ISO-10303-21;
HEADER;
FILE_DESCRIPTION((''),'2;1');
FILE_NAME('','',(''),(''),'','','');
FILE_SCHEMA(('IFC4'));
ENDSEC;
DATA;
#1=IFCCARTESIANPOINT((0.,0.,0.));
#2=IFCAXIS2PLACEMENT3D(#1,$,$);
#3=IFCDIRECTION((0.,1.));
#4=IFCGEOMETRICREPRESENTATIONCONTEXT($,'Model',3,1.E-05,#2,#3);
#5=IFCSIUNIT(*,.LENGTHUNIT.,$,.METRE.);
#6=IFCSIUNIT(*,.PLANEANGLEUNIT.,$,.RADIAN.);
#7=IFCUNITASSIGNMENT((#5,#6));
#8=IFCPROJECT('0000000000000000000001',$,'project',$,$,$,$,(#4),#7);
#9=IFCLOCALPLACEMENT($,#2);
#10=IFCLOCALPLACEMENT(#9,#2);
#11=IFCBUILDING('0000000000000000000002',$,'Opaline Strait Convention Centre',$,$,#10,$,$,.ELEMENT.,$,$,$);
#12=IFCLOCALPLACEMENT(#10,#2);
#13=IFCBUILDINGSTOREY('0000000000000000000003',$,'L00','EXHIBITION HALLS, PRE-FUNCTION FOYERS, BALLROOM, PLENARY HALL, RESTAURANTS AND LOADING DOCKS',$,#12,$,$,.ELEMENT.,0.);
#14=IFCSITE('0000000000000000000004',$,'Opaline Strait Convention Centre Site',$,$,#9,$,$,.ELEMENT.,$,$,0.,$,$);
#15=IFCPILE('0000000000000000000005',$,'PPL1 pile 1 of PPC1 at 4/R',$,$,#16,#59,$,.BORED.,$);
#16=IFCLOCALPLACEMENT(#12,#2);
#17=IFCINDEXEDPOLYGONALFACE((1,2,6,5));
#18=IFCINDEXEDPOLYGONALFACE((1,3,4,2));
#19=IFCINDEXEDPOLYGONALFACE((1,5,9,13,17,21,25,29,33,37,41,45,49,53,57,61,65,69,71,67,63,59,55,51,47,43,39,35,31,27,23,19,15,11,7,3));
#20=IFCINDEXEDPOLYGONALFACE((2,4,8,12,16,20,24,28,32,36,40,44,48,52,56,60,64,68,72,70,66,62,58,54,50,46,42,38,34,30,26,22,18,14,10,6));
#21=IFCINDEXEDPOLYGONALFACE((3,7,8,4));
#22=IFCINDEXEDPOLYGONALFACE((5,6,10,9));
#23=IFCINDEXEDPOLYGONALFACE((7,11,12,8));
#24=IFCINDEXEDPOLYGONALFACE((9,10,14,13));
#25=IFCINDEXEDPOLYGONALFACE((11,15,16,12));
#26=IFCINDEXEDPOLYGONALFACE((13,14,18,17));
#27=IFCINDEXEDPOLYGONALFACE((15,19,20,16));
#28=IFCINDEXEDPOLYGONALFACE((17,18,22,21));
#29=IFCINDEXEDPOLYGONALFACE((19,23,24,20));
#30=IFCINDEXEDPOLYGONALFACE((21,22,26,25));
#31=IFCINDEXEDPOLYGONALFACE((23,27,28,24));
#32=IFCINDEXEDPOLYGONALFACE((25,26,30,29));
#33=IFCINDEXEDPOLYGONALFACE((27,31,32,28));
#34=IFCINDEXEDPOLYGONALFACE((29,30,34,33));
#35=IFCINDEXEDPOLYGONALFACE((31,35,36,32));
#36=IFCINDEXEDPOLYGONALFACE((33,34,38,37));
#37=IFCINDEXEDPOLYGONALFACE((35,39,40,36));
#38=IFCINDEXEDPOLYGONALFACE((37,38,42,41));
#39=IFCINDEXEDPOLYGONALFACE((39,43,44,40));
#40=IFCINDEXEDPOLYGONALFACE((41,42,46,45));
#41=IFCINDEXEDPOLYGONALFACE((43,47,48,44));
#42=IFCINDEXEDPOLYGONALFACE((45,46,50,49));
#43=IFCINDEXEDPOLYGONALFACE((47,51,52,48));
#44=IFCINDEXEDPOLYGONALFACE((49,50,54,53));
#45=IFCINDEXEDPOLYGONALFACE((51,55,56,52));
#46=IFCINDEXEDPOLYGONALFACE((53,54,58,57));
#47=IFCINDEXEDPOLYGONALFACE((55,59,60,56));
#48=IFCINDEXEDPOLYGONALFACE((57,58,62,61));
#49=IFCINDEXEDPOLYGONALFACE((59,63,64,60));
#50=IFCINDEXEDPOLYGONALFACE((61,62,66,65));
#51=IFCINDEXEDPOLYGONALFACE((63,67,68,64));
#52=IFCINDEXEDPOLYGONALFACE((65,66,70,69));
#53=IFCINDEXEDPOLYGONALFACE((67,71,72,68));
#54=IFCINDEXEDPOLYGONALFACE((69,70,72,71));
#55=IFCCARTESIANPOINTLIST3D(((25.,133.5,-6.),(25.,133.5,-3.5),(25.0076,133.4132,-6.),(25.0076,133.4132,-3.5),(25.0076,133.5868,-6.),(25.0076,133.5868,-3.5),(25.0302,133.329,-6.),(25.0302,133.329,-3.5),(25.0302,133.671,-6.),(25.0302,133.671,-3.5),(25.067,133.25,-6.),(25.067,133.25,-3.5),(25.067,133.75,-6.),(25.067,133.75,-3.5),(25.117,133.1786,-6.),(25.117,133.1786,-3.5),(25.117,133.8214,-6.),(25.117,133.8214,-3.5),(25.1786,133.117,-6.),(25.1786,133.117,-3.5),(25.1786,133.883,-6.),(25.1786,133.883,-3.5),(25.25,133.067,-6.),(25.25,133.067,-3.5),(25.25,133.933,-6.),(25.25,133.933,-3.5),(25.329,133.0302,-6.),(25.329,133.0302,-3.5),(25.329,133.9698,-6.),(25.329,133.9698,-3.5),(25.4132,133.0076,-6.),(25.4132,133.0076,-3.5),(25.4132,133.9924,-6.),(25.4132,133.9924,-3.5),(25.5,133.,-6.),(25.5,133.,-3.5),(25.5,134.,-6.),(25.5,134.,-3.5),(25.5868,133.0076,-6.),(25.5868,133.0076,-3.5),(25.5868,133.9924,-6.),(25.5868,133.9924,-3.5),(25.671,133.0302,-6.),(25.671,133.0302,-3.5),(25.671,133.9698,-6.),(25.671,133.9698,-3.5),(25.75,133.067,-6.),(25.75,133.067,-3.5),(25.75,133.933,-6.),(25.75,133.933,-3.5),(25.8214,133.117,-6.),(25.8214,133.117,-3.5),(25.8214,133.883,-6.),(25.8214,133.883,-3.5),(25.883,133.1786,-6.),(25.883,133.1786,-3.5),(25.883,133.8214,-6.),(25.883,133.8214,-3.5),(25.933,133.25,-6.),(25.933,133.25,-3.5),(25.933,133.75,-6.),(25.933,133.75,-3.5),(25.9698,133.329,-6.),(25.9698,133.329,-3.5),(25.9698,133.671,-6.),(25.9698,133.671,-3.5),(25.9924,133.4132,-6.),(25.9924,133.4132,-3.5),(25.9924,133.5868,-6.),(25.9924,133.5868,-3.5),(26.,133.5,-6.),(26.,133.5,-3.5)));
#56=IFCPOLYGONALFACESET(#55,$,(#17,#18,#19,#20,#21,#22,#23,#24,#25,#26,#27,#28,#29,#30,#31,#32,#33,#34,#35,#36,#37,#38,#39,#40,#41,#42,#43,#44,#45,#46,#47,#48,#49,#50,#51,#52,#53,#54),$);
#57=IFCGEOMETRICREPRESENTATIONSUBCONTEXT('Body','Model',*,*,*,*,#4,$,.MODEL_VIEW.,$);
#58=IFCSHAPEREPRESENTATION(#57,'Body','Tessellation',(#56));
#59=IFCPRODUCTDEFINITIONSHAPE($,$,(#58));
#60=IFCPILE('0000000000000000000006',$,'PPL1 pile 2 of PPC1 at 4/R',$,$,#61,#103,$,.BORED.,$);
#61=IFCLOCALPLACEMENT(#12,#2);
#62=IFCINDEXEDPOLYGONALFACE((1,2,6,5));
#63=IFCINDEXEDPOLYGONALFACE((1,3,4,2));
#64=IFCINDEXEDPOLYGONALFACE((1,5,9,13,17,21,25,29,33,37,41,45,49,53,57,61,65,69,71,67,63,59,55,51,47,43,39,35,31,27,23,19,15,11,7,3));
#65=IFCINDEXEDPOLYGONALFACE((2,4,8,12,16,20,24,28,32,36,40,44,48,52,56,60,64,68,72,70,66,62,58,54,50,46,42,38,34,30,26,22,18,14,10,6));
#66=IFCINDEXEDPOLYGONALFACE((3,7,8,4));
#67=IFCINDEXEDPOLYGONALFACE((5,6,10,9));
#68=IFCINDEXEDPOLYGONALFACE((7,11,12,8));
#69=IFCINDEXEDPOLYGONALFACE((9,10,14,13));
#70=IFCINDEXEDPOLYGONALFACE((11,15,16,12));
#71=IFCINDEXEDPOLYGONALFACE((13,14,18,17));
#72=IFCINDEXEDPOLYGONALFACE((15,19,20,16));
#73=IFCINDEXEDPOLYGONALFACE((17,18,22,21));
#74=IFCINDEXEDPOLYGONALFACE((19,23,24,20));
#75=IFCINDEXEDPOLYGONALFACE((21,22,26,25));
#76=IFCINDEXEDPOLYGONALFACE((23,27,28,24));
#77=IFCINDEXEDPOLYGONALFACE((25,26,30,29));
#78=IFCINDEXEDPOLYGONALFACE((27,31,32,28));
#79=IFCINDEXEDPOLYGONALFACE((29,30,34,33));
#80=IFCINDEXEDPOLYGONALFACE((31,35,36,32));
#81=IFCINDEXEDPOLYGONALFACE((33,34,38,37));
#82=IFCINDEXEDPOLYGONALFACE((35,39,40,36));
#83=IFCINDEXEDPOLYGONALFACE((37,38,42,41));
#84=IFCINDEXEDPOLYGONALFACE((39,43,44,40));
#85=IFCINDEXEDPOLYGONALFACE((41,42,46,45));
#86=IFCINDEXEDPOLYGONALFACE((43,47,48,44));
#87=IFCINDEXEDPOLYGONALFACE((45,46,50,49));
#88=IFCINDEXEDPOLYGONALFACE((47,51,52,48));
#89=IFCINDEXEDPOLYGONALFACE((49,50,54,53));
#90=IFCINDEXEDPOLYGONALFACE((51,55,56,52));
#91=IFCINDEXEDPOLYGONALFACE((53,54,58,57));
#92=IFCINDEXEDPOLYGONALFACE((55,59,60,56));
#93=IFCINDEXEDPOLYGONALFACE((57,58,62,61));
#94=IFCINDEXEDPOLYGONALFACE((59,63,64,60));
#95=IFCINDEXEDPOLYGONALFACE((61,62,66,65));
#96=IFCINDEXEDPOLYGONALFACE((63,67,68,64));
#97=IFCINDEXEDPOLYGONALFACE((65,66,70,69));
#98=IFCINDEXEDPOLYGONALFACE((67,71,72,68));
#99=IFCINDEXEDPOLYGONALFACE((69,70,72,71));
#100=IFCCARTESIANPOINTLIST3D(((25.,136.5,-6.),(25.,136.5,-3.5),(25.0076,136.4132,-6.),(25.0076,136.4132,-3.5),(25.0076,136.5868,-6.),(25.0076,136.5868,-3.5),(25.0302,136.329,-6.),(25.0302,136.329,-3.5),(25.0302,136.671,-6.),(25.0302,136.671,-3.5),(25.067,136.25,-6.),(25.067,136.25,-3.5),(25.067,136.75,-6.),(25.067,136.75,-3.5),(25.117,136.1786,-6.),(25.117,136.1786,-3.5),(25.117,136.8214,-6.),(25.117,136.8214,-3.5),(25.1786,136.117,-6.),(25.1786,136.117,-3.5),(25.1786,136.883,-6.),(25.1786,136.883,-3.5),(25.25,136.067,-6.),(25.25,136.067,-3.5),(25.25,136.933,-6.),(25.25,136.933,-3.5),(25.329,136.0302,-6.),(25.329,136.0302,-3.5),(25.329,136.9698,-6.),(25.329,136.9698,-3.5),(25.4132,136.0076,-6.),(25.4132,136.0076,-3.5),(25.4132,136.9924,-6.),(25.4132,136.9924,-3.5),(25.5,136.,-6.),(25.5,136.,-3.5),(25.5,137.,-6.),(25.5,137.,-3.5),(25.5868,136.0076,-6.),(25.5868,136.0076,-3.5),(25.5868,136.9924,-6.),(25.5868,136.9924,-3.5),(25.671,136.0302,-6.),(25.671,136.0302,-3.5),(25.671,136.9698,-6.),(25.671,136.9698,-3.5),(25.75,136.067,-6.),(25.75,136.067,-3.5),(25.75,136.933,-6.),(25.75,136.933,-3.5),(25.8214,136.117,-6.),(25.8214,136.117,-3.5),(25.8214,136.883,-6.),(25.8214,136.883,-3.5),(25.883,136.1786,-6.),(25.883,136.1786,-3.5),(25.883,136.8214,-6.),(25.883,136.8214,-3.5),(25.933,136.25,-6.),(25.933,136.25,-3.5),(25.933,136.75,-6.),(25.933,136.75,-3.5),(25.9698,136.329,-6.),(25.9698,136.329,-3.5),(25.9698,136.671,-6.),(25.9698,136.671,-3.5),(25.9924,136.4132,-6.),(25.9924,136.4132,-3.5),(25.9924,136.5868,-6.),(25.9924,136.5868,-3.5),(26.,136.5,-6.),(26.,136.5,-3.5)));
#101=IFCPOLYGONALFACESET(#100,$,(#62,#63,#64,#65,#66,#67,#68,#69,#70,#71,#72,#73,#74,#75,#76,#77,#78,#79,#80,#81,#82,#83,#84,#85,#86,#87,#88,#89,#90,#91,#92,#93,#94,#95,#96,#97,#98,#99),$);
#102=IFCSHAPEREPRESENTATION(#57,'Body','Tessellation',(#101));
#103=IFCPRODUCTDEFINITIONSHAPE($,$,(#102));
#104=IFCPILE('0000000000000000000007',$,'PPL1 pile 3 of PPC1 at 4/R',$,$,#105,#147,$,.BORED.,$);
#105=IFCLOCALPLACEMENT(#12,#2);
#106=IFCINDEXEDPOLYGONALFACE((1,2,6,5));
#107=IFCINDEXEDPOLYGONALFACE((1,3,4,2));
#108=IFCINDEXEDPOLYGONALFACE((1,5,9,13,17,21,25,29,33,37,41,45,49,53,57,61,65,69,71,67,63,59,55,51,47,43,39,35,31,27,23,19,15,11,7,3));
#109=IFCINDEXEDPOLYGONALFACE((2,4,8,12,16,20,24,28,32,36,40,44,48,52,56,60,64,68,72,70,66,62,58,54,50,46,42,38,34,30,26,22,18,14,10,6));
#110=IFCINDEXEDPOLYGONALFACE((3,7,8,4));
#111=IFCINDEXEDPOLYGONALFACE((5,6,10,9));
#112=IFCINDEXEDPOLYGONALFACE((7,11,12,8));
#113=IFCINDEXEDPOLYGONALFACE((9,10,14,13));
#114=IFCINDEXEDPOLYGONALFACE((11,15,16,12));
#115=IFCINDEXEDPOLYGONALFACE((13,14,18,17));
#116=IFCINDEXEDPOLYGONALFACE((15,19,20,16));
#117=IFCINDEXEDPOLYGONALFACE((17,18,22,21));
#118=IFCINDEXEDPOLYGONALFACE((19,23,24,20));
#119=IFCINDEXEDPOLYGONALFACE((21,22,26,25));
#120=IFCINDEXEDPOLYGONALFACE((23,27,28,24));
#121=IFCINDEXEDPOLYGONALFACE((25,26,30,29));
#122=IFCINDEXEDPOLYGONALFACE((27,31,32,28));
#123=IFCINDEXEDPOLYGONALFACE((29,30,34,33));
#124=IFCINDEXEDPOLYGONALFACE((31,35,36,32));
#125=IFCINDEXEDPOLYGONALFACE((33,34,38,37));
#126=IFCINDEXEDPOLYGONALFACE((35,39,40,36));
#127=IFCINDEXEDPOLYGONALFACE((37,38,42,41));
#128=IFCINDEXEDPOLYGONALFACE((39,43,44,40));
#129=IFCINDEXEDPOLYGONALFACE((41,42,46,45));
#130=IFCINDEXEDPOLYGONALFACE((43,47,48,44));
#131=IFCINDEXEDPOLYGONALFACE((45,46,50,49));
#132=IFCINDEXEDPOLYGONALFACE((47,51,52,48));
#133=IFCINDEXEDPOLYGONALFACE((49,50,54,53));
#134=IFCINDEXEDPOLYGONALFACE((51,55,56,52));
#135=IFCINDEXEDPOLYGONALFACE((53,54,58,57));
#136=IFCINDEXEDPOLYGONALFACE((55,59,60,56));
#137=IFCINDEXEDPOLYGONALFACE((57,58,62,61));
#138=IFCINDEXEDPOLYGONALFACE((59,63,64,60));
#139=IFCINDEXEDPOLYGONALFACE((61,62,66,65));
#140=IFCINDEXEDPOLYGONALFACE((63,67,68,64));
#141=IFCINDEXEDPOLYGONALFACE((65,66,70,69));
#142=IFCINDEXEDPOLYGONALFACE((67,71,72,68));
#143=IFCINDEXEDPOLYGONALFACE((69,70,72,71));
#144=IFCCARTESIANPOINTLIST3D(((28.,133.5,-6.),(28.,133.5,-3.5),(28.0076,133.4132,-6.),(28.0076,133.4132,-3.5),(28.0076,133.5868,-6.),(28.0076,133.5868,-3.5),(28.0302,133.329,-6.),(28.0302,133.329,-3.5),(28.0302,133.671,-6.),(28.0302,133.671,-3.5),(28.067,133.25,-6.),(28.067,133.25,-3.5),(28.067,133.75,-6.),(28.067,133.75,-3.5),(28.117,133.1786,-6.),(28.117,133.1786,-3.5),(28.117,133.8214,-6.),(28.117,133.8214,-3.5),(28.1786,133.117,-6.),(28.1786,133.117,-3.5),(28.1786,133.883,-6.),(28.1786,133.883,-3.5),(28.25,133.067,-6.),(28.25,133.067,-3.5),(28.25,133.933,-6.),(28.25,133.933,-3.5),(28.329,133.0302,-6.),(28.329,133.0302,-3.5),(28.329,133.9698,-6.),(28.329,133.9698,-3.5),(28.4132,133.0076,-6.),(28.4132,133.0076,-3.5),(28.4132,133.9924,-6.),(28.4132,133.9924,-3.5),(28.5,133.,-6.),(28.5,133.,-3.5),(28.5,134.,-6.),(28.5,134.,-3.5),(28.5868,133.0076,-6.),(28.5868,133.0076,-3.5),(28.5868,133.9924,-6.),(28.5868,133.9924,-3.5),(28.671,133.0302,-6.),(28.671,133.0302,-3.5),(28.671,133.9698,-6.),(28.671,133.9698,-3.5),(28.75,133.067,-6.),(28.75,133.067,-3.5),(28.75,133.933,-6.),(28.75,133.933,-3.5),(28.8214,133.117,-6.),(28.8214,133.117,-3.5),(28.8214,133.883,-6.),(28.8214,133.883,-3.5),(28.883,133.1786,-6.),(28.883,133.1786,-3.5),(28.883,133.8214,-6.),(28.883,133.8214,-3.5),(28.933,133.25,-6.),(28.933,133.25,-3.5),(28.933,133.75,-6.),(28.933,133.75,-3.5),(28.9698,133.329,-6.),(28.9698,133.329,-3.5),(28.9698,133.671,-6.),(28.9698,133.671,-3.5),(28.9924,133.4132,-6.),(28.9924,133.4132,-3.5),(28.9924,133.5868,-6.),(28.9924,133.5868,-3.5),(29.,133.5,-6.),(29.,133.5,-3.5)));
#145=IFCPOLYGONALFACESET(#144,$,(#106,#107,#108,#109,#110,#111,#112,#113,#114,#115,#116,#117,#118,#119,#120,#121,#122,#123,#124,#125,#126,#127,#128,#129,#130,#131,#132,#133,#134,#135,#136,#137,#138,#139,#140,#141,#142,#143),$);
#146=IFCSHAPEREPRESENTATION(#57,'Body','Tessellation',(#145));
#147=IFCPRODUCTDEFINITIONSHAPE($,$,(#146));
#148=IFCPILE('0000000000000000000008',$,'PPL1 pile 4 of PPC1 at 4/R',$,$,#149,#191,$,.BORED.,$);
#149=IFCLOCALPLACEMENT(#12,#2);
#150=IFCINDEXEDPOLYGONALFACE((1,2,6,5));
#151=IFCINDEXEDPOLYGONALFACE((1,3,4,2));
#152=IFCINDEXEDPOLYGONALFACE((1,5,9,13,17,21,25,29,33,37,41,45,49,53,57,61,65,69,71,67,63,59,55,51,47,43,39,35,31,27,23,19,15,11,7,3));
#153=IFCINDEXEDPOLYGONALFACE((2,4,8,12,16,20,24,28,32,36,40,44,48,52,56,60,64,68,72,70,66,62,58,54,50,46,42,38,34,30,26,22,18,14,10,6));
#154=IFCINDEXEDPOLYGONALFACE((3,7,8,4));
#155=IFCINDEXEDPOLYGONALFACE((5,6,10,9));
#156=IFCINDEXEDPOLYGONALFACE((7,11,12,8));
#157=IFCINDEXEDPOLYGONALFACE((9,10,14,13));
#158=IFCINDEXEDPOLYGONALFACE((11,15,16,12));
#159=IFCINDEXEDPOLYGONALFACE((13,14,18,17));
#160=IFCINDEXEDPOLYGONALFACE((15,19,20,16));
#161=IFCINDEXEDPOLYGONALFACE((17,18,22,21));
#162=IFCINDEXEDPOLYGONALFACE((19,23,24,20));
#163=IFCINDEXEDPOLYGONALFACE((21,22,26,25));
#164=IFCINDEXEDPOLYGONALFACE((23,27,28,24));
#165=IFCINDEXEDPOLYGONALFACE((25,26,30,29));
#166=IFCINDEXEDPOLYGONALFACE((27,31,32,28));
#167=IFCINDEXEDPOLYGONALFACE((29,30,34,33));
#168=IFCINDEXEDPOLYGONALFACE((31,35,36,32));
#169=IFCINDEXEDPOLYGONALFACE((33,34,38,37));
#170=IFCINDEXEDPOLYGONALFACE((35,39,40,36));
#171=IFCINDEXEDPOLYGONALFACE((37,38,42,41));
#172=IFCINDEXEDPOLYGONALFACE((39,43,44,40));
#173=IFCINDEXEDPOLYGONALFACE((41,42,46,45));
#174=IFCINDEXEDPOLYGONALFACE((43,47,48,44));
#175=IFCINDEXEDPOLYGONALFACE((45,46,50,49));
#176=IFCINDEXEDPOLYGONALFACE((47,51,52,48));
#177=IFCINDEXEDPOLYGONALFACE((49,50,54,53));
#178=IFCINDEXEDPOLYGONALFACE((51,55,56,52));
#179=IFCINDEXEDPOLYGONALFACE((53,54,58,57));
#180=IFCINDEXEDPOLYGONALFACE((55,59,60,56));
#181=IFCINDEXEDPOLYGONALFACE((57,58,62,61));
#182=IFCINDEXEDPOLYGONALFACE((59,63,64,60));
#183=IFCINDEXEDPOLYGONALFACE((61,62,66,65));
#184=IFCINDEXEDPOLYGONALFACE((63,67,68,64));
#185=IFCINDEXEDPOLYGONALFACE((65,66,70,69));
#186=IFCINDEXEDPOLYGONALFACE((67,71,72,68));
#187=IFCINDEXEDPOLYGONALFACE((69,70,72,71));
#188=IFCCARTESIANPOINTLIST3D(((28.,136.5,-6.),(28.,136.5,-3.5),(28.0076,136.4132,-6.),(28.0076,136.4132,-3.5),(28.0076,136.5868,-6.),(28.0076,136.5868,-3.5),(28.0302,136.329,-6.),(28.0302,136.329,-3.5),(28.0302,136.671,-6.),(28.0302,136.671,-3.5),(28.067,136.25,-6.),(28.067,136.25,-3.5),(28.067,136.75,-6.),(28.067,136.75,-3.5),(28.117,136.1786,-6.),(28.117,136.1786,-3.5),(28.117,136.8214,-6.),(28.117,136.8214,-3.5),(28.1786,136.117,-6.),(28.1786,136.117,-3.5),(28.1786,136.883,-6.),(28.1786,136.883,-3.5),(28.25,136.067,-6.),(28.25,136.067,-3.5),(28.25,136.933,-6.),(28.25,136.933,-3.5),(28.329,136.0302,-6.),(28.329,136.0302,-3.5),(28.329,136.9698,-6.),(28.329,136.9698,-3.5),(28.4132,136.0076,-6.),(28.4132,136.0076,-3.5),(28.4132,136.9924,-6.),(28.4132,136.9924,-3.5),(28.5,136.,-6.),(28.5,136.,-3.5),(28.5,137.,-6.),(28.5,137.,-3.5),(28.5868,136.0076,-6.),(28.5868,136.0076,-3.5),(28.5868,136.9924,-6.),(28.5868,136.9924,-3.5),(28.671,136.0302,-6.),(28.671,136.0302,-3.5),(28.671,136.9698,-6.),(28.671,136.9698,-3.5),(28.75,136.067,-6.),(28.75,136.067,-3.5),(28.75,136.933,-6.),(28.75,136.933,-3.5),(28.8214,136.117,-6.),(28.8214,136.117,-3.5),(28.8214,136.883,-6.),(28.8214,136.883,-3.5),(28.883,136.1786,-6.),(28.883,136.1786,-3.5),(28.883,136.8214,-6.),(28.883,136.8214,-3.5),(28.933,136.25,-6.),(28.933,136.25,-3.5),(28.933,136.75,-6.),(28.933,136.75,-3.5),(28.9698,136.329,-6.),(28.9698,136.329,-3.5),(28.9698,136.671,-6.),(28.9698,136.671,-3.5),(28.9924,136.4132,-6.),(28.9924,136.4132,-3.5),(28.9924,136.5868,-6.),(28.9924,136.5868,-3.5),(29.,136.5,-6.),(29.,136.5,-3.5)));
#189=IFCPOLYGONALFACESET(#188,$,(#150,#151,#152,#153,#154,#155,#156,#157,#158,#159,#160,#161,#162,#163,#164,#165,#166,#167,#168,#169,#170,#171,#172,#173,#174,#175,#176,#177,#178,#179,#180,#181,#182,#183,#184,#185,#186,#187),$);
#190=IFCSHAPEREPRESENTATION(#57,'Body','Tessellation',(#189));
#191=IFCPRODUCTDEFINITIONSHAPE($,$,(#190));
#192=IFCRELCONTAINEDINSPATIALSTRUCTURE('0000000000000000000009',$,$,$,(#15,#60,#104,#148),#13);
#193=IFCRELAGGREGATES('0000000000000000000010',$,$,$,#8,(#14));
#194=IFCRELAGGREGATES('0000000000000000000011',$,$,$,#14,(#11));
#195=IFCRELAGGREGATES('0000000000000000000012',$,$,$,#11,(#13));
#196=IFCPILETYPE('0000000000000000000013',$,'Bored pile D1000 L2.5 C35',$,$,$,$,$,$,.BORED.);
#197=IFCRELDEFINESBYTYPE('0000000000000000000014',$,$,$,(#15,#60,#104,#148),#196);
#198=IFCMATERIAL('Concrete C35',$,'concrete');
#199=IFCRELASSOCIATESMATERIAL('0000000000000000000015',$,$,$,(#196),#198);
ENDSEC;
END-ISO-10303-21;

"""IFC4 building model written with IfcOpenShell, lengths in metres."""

from ifc_helpers import new_model, si_unit, direction, frame, origin, origin_2d, place, context, subcontext, project, spatial, circle, extrude, material, material_profile, profile_set, type_object, element, save


model = new_model("IFC4")

# Units and contexts
model_context = context("Model", 3, precision=1e-05, world=origin(), true_north=direction((0.0, 1.0)))
body_context = subcontext(model_context, "Body", "Model", "MODEL_VIEW")
ifc_project = project(units=[si_unit("LENGTHUNIT", "METRE"), si_unit("PLANEANGLEUNIT", "RADIAN")], contexts=[model_context])

# Site, building, storey
site_placement = place(None, origin())
site = spatial("IfcSite", under=ifc_project, at=site_placement, Name="Opaline Strait Convention Centre Site", CompositionType="ELEMENT", RefElevation=0.0)
building_placement = place(site_placement, origin())
building = spatial("IfcBuilding", under=site, at=building_placement, Name="Opaline Strait Convention Centre", CompositionType="ELEMENT")
storey_placement = place(building_placement, origin())
storey = spatial("IfcBuildingStorey", under=building, at=storey_placement, Name="L00", Description="EXHIBITION HALLS, PRE-FUNCTION FOYERS, BALLROOM, PLENARY HALL, RESTAURANTS AND LOADING DOCKS", CompositionType="ELEMENT", Elevation=0.0)

# Piles
ifc_material_1 = material(Name="Concrete C35", Category="concrete")
ifc_material_profile_1 = material_profile(ifc_material_1, circle(Radius=0.5, at=origin_2d()), Name="D1000")
ifc_profile_set_1 = profile_set([ifc_material_profile_1], Name="Concrete C35")
pile_type_1 = type_object("IfcPileType", Name="Bored pile D1000 L2.5 C35", PredefinedType="BORED", material=ifc_profile_set_1)
for number, where, z_axis, x_axis, name in (
    (1, (25.5, 133.5, -3.5), (0.0, 0.0, -1.0), (1.0, 0.0, 0.0), "PPL1 pile 1 of PPC1 at 4/R"),
    (2, (25.5, 136.5, -3.5), (0.0, 0.0, -1.0), (1.0, 0.0, 0.0), "PPL1 pile 2 of PPC1 at 4/R"),
    (3, (28.5, 133.5, -3.5), (0.0, 0.0, -1.0), (1.0, 0.0, 0.0), "PPL1 pile 3 of PPC1 at 4/R"),
    (4, (28.5, 136.5, -3.5), (0.0, 0.0, -1.0), (1.0, 0.0, 0.0), "PPL1 pile 4 of PPC1 at 4/R"),
):
    element("IfcPile", number, at=place(storey_placement, frame(where, z_axis=z_axis, x_axis=x_axis)), inside=storey, type_object=pile_type_1, Name=name, PredefinedType="BORED", context=body_context, shape_type="SweptSolid", body=[
        extrude(circle(Radius=0.5, at=origin_2d()), origin(), (0.0, 0.0, 1.0), 2.5),
    ])

save(model, "model.ifc")
